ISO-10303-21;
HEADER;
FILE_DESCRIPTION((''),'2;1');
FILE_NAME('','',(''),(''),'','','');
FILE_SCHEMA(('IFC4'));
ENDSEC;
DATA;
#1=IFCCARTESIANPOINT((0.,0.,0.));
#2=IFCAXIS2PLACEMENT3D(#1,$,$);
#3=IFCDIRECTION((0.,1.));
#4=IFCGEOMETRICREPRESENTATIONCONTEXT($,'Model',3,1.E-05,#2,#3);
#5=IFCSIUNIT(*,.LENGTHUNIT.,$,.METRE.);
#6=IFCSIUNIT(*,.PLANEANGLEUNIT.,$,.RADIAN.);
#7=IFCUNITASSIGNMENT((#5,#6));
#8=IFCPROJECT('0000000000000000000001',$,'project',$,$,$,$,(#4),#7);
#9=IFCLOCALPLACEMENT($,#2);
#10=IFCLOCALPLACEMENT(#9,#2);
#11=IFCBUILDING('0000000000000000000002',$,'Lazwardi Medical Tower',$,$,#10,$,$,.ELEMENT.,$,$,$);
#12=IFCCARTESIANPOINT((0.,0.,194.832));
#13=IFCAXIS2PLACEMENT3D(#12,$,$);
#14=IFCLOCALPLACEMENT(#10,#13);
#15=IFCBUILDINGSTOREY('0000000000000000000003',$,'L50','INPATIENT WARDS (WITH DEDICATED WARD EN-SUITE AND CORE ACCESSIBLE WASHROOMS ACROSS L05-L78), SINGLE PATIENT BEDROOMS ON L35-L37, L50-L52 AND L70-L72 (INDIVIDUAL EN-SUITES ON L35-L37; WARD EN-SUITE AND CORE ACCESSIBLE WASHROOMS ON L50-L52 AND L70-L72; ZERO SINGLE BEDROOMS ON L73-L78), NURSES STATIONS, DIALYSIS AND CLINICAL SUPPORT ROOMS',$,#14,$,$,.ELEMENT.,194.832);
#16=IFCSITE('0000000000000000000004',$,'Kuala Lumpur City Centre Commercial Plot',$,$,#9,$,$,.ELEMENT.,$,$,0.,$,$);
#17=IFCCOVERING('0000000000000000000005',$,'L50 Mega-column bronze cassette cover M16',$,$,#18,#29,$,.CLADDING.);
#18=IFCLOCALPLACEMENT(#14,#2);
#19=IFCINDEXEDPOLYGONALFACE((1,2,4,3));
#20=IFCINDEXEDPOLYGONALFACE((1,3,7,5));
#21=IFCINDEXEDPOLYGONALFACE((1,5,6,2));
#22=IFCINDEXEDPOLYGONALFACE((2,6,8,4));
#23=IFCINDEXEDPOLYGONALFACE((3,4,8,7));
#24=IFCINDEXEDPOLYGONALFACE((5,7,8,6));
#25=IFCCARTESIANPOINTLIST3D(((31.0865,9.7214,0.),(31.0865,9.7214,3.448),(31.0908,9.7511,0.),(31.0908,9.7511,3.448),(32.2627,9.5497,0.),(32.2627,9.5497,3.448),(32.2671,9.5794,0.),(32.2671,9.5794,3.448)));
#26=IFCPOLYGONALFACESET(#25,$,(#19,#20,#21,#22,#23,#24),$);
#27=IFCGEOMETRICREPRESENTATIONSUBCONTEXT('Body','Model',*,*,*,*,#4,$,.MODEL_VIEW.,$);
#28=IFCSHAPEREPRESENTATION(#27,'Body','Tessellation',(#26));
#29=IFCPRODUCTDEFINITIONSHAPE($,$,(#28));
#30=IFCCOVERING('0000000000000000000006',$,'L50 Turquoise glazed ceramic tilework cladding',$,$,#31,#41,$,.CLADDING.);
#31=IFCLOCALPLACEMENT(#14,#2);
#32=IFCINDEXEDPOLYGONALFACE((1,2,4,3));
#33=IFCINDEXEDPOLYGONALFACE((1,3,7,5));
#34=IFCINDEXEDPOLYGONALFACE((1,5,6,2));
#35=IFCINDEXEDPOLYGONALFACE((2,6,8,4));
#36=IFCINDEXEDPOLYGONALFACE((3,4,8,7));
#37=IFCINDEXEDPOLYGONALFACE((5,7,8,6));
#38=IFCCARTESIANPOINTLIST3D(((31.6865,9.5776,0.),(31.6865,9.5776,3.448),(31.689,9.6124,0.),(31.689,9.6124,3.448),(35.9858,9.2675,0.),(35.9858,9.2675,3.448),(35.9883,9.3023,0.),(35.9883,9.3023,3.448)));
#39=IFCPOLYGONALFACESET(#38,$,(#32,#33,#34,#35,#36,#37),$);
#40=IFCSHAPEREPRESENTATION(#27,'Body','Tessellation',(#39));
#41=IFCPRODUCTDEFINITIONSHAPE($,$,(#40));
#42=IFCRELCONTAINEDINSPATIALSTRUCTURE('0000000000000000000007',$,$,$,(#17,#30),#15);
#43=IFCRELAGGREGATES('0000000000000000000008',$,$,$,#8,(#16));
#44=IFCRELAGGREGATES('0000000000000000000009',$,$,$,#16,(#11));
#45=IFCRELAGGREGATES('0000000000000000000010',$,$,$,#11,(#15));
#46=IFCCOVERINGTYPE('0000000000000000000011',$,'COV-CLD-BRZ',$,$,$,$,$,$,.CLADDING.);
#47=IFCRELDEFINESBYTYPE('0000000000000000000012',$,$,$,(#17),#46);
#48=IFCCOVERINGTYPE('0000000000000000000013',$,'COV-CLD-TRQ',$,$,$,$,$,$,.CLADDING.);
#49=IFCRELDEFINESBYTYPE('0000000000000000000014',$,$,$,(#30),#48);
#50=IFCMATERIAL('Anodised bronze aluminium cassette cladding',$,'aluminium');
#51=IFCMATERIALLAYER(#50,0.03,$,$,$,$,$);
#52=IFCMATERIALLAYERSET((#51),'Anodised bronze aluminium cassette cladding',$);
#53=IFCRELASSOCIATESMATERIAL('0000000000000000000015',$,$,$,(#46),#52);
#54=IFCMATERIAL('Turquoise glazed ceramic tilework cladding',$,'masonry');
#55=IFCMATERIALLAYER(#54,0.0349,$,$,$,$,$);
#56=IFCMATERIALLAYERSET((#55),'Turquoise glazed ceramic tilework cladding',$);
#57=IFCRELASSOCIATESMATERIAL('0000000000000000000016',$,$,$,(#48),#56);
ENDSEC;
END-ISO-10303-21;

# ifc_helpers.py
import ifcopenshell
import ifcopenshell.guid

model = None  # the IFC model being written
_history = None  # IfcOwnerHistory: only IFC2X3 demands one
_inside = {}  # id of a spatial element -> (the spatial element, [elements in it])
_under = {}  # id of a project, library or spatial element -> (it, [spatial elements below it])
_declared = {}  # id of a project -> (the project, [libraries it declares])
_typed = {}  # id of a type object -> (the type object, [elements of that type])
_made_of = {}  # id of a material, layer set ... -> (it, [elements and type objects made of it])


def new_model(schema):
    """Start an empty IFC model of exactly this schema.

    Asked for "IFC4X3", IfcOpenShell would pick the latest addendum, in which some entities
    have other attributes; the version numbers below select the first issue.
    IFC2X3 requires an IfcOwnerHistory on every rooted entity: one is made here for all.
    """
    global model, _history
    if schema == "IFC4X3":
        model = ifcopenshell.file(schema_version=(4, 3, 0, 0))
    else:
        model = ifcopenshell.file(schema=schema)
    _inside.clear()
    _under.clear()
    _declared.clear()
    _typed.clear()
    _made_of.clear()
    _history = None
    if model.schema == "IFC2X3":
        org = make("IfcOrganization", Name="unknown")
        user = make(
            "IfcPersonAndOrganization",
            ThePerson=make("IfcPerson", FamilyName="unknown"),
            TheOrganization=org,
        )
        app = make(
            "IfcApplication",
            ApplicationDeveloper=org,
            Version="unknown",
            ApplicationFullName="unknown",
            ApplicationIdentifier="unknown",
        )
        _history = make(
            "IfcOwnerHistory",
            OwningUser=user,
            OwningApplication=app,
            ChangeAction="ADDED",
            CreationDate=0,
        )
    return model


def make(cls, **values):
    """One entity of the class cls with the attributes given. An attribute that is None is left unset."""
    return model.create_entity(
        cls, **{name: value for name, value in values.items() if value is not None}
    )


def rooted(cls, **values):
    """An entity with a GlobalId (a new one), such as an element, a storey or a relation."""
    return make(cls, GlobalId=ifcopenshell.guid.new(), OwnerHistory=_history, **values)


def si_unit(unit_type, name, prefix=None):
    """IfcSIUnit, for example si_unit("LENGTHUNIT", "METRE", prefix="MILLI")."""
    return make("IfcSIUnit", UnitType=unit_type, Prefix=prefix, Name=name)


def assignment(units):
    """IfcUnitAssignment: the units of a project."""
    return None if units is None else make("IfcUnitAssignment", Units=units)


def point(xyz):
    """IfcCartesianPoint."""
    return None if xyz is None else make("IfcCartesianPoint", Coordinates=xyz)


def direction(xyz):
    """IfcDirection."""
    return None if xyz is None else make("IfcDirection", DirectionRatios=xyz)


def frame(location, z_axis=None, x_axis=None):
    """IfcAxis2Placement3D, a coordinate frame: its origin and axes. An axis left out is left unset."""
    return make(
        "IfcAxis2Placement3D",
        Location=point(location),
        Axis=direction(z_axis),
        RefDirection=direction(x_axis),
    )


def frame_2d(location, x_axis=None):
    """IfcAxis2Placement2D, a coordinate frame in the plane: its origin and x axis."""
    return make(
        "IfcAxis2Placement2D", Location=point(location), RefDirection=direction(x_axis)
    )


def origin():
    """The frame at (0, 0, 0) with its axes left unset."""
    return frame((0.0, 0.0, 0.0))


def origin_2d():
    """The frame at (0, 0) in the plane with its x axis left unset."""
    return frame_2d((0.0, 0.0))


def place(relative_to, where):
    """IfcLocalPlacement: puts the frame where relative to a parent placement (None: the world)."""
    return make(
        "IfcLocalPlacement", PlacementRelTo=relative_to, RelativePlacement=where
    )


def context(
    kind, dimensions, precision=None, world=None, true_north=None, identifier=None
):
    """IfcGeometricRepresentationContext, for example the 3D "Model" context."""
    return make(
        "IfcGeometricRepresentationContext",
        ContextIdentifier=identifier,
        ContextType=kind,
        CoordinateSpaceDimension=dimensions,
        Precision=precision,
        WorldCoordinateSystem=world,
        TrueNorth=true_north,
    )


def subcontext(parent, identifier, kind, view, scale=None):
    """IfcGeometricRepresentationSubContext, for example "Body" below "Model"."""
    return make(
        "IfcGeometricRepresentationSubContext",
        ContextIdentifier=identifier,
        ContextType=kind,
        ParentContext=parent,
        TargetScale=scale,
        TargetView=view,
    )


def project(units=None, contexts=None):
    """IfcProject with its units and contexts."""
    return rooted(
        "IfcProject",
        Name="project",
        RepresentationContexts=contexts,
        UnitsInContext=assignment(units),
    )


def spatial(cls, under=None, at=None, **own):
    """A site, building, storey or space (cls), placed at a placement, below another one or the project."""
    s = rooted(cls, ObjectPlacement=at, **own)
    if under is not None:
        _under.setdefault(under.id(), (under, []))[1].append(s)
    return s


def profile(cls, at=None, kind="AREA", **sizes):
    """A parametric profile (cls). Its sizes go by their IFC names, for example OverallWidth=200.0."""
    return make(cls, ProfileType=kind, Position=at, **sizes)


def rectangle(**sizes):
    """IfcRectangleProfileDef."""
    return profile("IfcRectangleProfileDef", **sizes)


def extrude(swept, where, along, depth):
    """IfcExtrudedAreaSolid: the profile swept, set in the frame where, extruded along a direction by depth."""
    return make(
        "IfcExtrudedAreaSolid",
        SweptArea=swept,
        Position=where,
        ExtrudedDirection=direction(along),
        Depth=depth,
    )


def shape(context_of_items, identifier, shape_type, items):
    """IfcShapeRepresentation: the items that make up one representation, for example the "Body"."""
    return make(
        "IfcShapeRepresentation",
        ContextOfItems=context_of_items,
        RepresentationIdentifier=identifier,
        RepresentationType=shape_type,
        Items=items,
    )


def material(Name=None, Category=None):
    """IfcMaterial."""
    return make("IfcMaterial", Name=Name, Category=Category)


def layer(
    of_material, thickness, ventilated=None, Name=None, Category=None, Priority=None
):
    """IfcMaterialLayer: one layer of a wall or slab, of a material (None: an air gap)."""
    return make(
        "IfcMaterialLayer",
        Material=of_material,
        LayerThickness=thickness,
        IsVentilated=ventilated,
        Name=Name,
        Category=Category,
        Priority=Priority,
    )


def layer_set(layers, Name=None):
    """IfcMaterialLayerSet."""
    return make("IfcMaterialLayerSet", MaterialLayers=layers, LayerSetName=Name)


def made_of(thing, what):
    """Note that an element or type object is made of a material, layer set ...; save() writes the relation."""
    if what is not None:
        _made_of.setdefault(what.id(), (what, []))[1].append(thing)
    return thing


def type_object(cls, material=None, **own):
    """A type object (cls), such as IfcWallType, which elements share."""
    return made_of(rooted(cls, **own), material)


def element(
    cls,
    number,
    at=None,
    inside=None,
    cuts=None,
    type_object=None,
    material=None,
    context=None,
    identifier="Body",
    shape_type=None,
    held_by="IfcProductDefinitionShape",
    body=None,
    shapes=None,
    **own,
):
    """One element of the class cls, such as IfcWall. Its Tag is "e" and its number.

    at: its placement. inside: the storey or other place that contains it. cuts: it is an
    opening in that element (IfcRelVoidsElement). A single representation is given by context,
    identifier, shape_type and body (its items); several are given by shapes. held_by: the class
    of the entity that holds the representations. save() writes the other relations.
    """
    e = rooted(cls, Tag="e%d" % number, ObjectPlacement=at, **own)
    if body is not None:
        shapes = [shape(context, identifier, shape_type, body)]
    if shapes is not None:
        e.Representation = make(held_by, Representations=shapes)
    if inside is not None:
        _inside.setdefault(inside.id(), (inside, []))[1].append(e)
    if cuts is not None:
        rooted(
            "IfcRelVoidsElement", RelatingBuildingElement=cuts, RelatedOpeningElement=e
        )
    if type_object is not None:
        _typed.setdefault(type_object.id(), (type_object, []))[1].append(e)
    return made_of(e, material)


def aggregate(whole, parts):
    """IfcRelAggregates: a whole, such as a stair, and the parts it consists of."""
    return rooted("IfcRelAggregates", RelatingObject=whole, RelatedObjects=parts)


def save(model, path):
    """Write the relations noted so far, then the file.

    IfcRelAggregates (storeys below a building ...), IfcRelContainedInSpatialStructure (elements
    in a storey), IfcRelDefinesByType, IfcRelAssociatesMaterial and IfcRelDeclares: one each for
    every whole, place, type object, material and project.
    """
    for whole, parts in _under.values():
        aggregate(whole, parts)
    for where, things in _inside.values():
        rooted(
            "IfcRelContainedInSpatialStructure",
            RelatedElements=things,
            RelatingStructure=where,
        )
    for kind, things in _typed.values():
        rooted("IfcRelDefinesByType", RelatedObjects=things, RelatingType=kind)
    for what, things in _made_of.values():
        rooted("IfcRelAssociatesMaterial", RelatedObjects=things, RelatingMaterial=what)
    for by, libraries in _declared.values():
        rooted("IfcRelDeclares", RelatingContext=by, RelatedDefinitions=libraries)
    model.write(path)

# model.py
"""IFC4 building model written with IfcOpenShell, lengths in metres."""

from ifc_helpers import new_model, si_unit, direction, frame, origin, origin_2d, place, context, subcontext, project, spatial, rectangle, extrude, material, layer, layer_set, type_object, element, save


model = new_model("IFC4")

# Units and contexts
model_context = context("Model", 3, precision=1e-05, world=origin(), true_north=direction((0.0, 1.0)))
body_context = subcontext(model_context, "Body", "Model", "MODEL_VIEW")
ifc_project = project(units=[si_unit("LENGTHUNIT", "METRE"), si_unit("PLANEANGLEUNIT", "RADIAN")], contexts=[model_context])

# Site, building, storey
site_placement = place(None, origin())
site = spatial("IfcSite", under=ifc_project, at=site_placement, Name="Kuala Lumpur City Centre Commercial Plot", CompositionType="ELEMENT", RefElevation=0.0)
building_placement = place(site_placement, origin())
building = spatial("IfcBuilding", under=site, at=building_placement, Name="Lazwardi Medical Tower", CompositionType="ELEMENT")
storey_placement = place(building_placement, frame((0.0, 0.0, 194.832)))
storey = spatial("IfcBuildingStorey", under=building, at=storey_placement, Name="L50", Description="INPATIENT WARDS (WITH DEDICATED WARD EN-SUITE AND CORE ACCESSIBLE WASHROOMS ACROSS L05-L78), SINGLE PATIENT BEDROOMS ON L35-L37, L50-L52 AND L70-L72 (INDIVIDUAL EN-SUITES ON L35-L37; WARD EN-SUITE AND CORE ACCESSIBLE WASHROOMS ON L50-L52 AND L70-L72; ZERO SINGLE BEDROOMS ON L73-L78), NURSES STATIONS, DIALYSIS AND CLINICAL SUPPORT ROOMS", CompositionType="ELEMENT", Elevation=194.832)

# Coverings
ifc_material_1 = material(Name="Anodised bronze aluminium cassette cladding", Category="aluminium")
ifc_layer_1 = layer(ifc_material_1, 0.03)
ifc_layer_set_1 = layer_set([ifc_layer_1], Name="Anodised bronze aluminium cassette cladding")
covering_type_1 = type_object("IfcCoveringType", Name="COV-CLD-BRZ", PredefinedType="CLADDING", material=ifc_layer_set_1)
covering_1_placement = place(storey_placement, frame((31.6768, 9.6504, 0.0), z_axis=(0.0, 0.0, 1.0), x_axis=(0.989512, -0.144448, 0.0)))
element("IfcCovering", 1, at=covering_1_placement, inside=storey, type_object=covering_type_1, Name="L50 Mega-column bronze cassette cover M16", PredefinedType="CLADDING", context=body_context, shape_type="SweptSolid", body=[
    extrude(rectangle(XDim=1.1887, YDim=0.03, at=origin_2d()), origin(), (0.0, 0.0, 1.0), 3.448),
])
ifc_material_2 = material(Name="Turquoise glazed ceramic tilework cladding", Category="masonry")
ifc_layer_2 = layer(ifc_material_2, 0.0349)
ifc_layer_set_2 = layer_set([ifc_layer_2], Name="Turquoise glazed ceramic tilework cladding")
covering_type_2 = type_object("IfcCoveringType", Name="COV-CLD-TRQ", PredefinedType="CLADDING", material=ifc_layer_set_2)
covering_2_placement = place(storey_placement, frame((33.8374, 9.4399, 0.0), z_axis=(0.0, 0.0, 1.0), x_axis=(0.997409, -0.07194, 0.0)))
element("IfcCovering", 2, at=covering_2_placement, inside=storey, type_object=covering_type_2, Name="L50 Turquoise glazed ceramic tilework cladding", PredefinedType="CLADDING", context=body_context, shape_type="SweptSolid", body=[
    extrude(rectangle(XDim=4.3105, YDim=0.0349, at=origin_2d()), origin(), (0.0, 0.0, 1.0), 3.448),
])

save(model, "model.ifc")
